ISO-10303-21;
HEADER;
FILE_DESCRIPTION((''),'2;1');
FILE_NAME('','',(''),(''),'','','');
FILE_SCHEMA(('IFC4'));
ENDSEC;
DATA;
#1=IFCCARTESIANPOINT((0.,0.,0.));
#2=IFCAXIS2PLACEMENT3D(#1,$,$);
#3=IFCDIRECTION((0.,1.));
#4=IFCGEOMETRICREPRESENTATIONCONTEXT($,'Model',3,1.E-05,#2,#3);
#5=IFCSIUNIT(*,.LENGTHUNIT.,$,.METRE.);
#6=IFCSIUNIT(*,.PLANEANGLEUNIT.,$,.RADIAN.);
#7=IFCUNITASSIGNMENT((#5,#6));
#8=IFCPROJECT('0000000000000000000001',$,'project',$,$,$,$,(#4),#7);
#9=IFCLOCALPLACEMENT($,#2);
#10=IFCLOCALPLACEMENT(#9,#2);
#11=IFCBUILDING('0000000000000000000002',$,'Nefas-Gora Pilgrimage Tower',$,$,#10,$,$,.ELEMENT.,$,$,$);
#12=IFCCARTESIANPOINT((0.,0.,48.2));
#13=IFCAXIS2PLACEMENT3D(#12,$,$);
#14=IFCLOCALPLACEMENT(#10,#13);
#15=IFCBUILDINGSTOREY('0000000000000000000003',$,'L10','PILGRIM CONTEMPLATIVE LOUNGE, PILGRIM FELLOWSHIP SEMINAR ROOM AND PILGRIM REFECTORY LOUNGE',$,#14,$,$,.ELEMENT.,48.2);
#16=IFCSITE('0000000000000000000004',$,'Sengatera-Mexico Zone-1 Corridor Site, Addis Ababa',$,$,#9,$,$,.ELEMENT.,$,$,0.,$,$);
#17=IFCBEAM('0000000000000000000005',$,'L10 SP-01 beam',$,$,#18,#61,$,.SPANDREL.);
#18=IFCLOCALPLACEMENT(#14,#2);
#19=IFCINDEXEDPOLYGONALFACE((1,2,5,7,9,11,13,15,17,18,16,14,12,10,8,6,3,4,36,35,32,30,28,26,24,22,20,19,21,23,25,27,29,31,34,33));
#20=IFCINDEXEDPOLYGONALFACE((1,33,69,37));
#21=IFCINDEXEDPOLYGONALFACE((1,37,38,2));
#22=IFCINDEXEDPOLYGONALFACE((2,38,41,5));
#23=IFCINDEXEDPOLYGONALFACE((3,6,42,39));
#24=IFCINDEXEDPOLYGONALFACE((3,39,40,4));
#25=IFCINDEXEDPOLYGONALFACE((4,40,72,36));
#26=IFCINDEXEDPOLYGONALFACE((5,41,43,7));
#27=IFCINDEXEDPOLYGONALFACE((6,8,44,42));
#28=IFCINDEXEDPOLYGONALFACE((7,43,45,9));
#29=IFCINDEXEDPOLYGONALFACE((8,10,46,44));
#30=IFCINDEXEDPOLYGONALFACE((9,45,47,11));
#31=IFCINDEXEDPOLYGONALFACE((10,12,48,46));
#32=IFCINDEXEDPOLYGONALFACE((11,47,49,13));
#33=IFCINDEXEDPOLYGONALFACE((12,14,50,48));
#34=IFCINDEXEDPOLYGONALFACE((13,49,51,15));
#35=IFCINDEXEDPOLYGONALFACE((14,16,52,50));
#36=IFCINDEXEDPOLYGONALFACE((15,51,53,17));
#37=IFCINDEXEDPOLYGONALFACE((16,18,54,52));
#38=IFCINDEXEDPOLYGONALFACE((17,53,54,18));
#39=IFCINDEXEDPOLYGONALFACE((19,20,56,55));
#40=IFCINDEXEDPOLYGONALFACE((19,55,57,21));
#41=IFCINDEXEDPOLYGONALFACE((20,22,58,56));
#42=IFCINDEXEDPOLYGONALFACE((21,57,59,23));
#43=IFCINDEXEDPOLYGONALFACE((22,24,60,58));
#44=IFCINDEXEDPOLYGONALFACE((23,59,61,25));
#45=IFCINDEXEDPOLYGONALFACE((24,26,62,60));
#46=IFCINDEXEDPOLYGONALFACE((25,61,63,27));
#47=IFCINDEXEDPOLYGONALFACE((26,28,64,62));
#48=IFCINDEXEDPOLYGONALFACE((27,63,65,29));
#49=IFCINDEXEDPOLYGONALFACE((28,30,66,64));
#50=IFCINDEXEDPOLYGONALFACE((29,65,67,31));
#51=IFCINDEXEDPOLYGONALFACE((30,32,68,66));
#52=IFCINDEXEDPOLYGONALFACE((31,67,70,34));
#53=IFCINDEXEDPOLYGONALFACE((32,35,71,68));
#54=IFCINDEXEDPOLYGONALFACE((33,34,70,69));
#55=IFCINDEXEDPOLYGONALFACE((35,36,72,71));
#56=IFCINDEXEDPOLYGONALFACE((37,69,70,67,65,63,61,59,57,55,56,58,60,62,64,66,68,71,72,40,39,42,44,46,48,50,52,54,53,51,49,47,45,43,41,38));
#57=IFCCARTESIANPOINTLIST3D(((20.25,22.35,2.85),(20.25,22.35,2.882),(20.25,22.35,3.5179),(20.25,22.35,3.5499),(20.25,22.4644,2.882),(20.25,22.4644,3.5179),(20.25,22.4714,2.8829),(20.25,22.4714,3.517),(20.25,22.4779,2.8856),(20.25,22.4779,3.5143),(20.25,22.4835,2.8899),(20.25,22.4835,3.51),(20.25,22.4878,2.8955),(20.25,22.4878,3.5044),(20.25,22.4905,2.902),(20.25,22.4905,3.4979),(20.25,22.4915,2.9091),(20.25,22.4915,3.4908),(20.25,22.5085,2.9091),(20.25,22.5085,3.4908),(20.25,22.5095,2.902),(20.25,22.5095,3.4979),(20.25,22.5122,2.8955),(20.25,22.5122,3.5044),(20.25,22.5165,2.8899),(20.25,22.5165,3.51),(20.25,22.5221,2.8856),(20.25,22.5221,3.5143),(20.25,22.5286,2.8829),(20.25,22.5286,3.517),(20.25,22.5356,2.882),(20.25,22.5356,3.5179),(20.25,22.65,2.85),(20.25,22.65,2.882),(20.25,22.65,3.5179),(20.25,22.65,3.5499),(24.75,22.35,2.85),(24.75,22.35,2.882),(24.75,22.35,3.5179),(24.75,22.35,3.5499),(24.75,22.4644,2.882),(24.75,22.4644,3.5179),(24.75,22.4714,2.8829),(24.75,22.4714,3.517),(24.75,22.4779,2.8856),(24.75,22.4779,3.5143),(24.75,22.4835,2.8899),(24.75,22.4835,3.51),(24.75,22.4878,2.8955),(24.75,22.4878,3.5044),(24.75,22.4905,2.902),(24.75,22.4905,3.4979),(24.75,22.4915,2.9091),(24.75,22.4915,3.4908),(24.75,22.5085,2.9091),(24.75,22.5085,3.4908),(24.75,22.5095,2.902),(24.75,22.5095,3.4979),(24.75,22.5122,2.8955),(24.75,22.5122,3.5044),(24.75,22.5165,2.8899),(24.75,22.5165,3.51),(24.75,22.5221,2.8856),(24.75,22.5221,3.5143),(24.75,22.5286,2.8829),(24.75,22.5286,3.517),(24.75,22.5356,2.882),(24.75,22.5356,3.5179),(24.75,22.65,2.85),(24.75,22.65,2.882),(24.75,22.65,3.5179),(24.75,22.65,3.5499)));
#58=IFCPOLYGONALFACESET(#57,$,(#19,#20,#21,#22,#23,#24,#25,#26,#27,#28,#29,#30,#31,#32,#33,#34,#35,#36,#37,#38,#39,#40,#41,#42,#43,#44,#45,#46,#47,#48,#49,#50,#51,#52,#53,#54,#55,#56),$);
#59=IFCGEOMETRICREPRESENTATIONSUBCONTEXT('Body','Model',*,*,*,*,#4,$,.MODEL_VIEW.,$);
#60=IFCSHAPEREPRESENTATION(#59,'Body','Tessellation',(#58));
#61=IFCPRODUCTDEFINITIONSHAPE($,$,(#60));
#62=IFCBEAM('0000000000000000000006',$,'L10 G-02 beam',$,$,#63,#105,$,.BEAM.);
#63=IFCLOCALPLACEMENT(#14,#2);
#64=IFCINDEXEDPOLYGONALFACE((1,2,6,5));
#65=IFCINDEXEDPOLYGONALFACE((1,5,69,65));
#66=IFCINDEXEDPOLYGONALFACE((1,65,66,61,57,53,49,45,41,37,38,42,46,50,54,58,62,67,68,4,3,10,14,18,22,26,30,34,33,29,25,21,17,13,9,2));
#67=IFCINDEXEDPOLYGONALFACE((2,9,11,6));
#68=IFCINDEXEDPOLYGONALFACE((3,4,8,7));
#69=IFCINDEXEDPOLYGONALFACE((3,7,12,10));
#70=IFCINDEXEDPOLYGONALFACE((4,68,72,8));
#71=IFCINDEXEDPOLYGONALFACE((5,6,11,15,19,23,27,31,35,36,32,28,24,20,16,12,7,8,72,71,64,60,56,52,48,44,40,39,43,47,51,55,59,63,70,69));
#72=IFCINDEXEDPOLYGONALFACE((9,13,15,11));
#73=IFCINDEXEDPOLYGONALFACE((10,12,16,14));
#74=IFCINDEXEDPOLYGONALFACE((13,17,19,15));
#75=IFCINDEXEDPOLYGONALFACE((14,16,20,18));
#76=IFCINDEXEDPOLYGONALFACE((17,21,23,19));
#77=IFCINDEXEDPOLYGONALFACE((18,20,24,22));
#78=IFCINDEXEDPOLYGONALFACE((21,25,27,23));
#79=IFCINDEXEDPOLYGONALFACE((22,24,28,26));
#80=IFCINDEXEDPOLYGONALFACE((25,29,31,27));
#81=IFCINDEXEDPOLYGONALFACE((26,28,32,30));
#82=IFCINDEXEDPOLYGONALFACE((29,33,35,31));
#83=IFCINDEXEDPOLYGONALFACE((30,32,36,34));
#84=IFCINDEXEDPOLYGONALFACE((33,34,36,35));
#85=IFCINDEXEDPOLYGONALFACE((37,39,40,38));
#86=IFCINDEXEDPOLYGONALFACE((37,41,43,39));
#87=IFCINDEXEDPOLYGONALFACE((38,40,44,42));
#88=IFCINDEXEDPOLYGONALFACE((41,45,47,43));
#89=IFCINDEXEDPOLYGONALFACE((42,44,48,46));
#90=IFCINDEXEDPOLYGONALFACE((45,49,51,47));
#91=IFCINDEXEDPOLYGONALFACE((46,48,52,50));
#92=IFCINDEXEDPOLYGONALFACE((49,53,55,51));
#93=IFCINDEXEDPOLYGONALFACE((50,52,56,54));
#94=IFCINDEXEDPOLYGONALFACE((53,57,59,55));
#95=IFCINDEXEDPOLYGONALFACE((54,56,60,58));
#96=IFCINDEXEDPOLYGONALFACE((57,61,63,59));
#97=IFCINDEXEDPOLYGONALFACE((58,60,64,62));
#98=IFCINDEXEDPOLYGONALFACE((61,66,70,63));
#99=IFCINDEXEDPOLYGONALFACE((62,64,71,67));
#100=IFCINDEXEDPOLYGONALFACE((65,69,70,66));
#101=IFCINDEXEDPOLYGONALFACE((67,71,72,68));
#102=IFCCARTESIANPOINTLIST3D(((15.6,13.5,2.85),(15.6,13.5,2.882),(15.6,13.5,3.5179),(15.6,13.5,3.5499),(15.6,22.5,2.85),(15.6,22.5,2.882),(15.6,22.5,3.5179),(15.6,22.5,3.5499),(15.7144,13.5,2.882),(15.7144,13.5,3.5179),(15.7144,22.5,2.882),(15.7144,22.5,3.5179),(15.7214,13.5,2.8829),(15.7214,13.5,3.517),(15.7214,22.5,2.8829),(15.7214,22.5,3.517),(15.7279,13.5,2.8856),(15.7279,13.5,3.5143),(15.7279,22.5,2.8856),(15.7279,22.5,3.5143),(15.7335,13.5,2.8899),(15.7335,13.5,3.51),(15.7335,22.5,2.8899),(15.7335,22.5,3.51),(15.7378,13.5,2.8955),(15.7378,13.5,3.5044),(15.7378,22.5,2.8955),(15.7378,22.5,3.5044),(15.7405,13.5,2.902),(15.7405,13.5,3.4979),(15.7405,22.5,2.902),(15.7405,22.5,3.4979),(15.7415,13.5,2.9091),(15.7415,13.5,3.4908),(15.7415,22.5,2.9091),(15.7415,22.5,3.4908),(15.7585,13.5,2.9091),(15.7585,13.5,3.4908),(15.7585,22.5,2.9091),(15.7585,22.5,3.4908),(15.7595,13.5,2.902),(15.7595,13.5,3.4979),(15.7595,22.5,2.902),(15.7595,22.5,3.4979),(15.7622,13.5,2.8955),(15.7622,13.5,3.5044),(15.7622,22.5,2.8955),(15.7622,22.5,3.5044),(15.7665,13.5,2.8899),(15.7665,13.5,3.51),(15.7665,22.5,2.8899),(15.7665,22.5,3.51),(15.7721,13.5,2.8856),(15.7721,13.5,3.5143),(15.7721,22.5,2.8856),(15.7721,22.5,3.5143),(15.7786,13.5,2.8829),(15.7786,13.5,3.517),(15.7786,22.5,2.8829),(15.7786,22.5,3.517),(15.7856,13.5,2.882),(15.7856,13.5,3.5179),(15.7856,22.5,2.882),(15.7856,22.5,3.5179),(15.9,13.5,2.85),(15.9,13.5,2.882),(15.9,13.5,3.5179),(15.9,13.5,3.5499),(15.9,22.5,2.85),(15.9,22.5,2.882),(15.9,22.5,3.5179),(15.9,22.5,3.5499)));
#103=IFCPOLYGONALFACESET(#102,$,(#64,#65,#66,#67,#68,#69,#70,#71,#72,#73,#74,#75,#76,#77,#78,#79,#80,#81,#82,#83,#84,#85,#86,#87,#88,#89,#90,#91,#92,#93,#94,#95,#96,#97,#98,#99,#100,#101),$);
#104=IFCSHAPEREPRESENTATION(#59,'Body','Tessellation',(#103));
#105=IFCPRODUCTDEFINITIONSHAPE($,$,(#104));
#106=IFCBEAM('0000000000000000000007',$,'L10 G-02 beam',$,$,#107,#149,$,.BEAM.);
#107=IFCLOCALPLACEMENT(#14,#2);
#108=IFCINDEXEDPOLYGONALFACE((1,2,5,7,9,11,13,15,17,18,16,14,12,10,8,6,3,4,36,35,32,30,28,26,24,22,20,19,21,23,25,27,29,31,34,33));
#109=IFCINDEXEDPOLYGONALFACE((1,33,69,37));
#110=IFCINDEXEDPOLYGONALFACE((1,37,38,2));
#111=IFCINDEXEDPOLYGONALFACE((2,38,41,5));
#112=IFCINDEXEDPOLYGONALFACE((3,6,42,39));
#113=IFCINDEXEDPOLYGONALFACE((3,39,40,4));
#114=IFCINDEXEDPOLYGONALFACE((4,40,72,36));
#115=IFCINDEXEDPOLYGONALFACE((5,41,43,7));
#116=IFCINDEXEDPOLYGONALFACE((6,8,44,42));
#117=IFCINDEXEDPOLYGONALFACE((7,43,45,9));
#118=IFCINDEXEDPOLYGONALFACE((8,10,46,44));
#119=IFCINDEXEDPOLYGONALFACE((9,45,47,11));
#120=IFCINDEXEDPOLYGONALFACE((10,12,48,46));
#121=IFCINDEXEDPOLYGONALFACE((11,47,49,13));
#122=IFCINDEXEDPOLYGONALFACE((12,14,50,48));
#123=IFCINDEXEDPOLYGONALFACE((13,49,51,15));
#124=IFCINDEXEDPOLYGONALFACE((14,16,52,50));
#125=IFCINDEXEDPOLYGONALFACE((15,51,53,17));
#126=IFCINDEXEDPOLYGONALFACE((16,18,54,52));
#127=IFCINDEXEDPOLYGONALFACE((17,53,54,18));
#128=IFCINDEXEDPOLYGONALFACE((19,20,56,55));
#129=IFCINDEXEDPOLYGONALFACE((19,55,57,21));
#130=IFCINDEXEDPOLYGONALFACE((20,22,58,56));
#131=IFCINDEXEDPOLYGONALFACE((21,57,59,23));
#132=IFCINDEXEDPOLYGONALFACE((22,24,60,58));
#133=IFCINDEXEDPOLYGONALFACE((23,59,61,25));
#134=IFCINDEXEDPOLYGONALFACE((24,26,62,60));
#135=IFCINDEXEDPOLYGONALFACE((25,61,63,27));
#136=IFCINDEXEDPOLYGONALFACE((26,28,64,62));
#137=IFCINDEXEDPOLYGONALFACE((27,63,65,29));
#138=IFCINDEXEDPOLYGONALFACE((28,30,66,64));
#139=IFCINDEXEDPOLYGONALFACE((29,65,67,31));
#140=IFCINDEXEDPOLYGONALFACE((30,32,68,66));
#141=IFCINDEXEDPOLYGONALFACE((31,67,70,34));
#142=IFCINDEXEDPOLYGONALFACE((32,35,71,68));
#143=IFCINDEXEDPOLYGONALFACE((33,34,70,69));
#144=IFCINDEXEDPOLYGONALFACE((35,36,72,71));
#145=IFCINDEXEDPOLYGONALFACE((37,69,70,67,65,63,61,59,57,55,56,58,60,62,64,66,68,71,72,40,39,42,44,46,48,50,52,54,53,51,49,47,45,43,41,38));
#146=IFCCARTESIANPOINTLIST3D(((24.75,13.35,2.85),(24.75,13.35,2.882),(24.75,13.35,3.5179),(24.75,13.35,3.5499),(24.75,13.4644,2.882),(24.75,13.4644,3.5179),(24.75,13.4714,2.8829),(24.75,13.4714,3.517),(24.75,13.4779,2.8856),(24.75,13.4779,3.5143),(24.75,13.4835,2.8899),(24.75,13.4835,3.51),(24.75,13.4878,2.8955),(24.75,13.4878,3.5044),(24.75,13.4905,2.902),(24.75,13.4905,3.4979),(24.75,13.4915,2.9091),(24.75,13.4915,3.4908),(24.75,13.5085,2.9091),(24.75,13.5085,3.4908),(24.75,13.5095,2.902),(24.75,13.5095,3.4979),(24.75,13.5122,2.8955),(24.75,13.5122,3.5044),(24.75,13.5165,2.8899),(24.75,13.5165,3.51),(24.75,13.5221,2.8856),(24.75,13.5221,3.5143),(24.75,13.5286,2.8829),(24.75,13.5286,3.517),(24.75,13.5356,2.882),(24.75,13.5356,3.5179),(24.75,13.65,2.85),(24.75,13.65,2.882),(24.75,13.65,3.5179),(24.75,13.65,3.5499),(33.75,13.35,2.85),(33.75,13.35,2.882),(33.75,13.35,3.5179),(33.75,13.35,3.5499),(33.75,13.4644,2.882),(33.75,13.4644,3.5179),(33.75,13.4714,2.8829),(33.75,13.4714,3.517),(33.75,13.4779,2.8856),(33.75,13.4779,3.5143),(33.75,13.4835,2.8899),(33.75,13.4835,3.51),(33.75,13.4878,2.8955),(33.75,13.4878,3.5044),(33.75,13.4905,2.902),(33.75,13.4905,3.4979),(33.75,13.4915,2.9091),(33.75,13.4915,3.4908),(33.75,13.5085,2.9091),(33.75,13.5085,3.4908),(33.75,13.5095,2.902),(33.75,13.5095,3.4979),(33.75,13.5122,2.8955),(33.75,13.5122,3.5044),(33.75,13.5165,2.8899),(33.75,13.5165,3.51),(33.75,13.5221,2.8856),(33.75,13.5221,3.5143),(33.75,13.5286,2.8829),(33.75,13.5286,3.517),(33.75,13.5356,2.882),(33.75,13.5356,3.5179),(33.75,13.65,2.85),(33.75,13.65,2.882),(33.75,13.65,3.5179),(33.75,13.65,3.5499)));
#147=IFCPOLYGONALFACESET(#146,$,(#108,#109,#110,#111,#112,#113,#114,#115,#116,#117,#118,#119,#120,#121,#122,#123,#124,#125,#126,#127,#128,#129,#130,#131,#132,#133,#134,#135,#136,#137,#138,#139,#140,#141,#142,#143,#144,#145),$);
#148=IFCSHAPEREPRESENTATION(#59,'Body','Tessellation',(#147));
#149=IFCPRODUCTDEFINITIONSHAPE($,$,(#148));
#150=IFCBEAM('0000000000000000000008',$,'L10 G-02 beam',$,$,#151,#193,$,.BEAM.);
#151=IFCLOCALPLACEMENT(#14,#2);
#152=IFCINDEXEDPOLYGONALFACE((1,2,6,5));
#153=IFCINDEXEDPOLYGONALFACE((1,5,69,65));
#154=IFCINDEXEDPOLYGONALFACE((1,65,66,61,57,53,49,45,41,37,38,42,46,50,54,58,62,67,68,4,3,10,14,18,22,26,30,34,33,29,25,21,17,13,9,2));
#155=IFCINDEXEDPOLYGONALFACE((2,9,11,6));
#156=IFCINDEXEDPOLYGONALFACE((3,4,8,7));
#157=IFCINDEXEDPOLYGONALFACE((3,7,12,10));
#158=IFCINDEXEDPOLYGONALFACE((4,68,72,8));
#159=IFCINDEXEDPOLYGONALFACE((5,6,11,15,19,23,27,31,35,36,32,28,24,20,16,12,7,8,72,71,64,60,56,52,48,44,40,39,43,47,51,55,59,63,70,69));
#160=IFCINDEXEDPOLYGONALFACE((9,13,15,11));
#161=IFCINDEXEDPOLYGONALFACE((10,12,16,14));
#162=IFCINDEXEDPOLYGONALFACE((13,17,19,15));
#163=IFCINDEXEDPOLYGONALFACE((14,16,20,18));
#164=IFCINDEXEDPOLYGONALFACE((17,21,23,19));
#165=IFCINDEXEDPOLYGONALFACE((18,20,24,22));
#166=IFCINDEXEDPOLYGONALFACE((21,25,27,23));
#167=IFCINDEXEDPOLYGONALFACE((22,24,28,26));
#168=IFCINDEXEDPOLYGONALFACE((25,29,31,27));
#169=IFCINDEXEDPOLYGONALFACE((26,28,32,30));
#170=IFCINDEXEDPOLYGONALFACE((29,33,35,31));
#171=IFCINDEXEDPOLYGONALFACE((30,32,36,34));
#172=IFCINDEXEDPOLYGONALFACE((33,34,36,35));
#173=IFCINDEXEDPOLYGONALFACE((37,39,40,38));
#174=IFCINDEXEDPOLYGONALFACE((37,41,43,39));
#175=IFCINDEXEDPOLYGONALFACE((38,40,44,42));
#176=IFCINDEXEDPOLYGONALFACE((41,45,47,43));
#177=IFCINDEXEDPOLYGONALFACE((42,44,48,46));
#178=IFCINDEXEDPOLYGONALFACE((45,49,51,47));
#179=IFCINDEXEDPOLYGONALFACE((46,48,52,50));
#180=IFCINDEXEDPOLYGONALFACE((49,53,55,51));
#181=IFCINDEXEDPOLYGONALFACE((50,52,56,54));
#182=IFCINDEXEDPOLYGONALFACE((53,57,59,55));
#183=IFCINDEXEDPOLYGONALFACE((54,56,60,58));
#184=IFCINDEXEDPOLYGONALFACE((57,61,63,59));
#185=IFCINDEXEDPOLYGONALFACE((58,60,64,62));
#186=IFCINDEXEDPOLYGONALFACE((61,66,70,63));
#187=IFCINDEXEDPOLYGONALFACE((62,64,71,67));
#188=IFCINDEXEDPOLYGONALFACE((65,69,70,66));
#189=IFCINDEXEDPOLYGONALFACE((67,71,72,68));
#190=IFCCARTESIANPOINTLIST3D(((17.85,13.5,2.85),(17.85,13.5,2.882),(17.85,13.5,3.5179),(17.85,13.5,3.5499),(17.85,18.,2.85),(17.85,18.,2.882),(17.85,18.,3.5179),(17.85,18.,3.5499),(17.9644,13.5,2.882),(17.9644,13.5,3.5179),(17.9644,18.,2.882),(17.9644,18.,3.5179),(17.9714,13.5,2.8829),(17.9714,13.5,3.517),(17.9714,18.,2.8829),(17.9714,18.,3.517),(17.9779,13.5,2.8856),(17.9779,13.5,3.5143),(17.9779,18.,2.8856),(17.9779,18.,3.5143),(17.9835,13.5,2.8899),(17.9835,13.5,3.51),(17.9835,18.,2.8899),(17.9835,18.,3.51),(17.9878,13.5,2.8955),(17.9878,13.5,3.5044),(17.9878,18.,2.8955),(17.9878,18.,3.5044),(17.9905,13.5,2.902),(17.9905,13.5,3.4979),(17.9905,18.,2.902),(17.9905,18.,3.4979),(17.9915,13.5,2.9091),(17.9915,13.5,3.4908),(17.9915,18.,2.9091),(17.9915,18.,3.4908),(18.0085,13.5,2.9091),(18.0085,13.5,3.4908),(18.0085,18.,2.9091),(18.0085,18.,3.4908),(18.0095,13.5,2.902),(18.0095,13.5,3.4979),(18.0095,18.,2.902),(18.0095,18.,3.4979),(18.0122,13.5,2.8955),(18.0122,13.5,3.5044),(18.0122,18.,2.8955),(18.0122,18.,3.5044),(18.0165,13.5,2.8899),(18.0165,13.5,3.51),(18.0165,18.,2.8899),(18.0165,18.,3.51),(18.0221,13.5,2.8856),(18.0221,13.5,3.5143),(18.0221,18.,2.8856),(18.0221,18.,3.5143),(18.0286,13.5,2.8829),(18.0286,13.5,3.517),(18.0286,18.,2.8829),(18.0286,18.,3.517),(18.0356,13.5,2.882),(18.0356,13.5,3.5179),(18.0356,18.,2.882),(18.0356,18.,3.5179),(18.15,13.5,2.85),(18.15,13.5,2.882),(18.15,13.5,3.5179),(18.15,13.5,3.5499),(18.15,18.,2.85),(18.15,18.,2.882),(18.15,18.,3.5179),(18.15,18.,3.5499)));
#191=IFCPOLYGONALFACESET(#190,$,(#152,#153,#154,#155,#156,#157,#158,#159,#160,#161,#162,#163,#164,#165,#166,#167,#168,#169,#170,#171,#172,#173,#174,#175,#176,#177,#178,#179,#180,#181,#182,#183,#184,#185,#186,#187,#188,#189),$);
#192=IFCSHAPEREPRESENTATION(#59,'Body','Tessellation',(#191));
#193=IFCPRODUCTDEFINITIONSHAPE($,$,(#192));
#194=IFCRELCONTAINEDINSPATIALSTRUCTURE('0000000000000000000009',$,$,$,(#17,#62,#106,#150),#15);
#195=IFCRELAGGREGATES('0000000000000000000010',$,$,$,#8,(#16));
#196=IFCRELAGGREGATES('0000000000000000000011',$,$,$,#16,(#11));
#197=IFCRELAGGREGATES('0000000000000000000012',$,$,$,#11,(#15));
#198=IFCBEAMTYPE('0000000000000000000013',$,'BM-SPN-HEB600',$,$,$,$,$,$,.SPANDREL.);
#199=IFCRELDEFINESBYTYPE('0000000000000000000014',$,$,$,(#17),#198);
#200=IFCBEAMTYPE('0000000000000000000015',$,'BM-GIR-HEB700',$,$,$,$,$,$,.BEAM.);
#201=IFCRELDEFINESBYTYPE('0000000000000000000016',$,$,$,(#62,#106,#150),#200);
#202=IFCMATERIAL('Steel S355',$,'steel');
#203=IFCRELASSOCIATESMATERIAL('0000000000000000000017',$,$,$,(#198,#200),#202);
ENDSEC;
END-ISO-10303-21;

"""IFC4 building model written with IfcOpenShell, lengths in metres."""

from ifc_helpers import new_model, si_unit, direction, frame, origin, origin_2d, place, context, subcontext, project, spatial, i_section, extrude, source, transform, mapped, material, material_profile, profile_set, type_object, element, save


model = new_model("IFC4")

# Units and contexts
model_context = context("Model", 3, precision=1e-05, world=origin(), true_north=direction((0.0, 1.0)))
body_context = subcontext(model_context, "Body", "Model", "MODEL_VIEW")
ifc_project = project(units=[si_unit("LENGTHUNIT", "METRE"), si_unit("PLANEANGLEUNIT", "RADIAN")], contexts=[model_context])

# Site, building, storey
site_placement = place(None, origin())
site = spatial("IfcSite", under=ifc_project, at=site_placement, Name="Sengatera-Mexico Zone-1 Corridor Site, Addis Ababa", CompositionType="ELEMENT", RefElevation=0.0)
building_placement = place(site_placement, origin())
building = spatial("IfcBuilding", under=site, at=building_placement, Name="Nefas-Gora Pilgrimage Tower", CompositionType="ELEMENT")
storey_placement = place(building_placement, frame((0.0, 0.0, 48.2)))
storey = spatial("IfcBuildingStorey", under=building, at=storey_placement, Name="L10", Description="PILGRIM CONTEMPLATIVE LOUNGE, PILGRIM FELLOWSHIP SEMINAR ROOM AND PILGRIM REFECTORY LOUNGE", CompositionType="ELEMENT", Elevation=48.2)

# Beams
ifc_material_1 = material(Name="Steel S355", Category="steel")
ifc_material_profile_1 = material_profile(ifc_material_1, i_section(OverallWidth=0.3, OverallDepth=0.7, WebThickness=0.0171, FlangeThickness=0.032, FilletRadius=0.0271, at=origin_2d()), Name="HEB 700")
ifc_profile_set_1 = profile_set([ifc_material_profile_1], Name="Steel S355")
beam_type_1 = type_object("IfcBeamType", Name="BM-SPN-HEB600", PredefinedType="SPANDREL", material=ifc_profile_set_1)
shared_shape_1 = source(origin(), body_context, "Body", "SweptSolid", [
    extrude(i_section(OverallWidth=0.3, OverallDepth=0.7, WebThickness=0.0171, FlangeThickness=0.032, FilletRadius=0.0271, at=origin_2d()), origin(), (0.0, 0.0, 1.0), 4.5),
])
beam_1_placement = place(storey_placement, frame((20.25, 22.5, 3.2), z_axis=(1.0, 0.0, 0.0), x_axis=(0.0, 1.0, 0.0)))
element("IfcBeam", 1, at=beam_1_placement, inside=storey, type_object=beam_type_1, Name="L10 SP-01 beam", PredefinedType="SPANDREL", context=body_context, shape_type="MappedRepresentation", body=[
    mapped(shared_shape_1, transform((0.0, 0.0, 0.0), x_axis=(1.0, 0.0, 0.0), y_axis=(0.0, 1.0, 0.0), z_axis=(0.0, 0.0, 1.0), scale=1.0)),
])
ifc_material_profile_2 = material_profile(ifc_material_1, i_section(OverallWidth=0.3, OverallDepth=0.7, WebThickness=0.0171, FlangeThickness=0.032, FilletRadius=0.0271, at=origin_2d()), Name="HEB 700")
ifc_profile_set_2 = profile_set([ifc_material_profile_2], Name="Steel S355")
beam_type_2 = type_object("IfcBeamType", Name="BM-GIR-HEB700", PredefinedType="BEAM", material=ifc_profile_set_2)
shared_shape_2 = source(origin(), body_context, "Body", "SweptSolid", [
    extrude(i_section(OverallWidth=0.3, OverallDepth=0.7, WebThickness=0.0171, FlangeThickness=0.032, FilletRadius=0.0271, at=origin_2d()), origin(), (0.0, 0.0, 1.0), 9.0),
])
for number, where, z_axis, x_axis, name in (
    (2, (15.75, 13.5, 3.2), (0.0, 1.0, 0.0), (-1.0, 0.0, 0.0), "L10 G-02 beam"),
    (3, (24.75, 13.5, 3.2), (1.0, 0.0, 0.0), (0.0, 1.0, 0.0), "L10 G-02 beam"),
):
    element("IfcBeam", number, at=place(storey_placement, frame(where, z_axis=z_axis, x_axis=x_axis)), inside=storey, type_object=beam_type_2, Name=name, PredefinedType="BEAM", context=body_context, shape_type="MappedRepresentation", body=[
        mapped(shared_shape_2, transform((0.0, 0.0, 0.0), x_axis=(1.0, 0.0, 0.0), y_axis=(0.0, 1.0, 0.0), z_axis=(0.0, 0.0, 1.0), scale=1.0)),
    ])
shared_shape_3 = source(origin(), body_context, "Body", "SweptSolid", [
    extrude(i_section(OverallWidth=0.3, OverallDepth=0.7, WebThickness=0.0171, FlangeThickness=0.032, FilletRadius=0.0271, at=origin_2d()), origin(), (0.0, 0.0, 1.0), 4.5),
])
for number, where, z_axis, x_axis, name in (
    (4, (18.0, 13.5, 3.2), (0.0, 1.0, 0.0), (-1.0, 0.0, 0.0), "L10 G-02 beam"),
):
    element("IfcBeam", number, at=place(storey_placement, frame(where, z_axis=z_axis, x_axis=x_axis)), inside=storey, type_object=beam_type_2, Name=name, PredefinedType="BEAM", context=body_context, shape_type="MappedRepresentation", body=[
        mapped(shared_shape_3, transform((0.0, 0.0, 0.0), x_axis=(1.0, 0.0, 0.0), y_axis=(0.0, 1.0, 0.0), z_axis=(0.0, 0.0, 1.0), scale=1.0)),
    ])

save(model, "model.ifc")
